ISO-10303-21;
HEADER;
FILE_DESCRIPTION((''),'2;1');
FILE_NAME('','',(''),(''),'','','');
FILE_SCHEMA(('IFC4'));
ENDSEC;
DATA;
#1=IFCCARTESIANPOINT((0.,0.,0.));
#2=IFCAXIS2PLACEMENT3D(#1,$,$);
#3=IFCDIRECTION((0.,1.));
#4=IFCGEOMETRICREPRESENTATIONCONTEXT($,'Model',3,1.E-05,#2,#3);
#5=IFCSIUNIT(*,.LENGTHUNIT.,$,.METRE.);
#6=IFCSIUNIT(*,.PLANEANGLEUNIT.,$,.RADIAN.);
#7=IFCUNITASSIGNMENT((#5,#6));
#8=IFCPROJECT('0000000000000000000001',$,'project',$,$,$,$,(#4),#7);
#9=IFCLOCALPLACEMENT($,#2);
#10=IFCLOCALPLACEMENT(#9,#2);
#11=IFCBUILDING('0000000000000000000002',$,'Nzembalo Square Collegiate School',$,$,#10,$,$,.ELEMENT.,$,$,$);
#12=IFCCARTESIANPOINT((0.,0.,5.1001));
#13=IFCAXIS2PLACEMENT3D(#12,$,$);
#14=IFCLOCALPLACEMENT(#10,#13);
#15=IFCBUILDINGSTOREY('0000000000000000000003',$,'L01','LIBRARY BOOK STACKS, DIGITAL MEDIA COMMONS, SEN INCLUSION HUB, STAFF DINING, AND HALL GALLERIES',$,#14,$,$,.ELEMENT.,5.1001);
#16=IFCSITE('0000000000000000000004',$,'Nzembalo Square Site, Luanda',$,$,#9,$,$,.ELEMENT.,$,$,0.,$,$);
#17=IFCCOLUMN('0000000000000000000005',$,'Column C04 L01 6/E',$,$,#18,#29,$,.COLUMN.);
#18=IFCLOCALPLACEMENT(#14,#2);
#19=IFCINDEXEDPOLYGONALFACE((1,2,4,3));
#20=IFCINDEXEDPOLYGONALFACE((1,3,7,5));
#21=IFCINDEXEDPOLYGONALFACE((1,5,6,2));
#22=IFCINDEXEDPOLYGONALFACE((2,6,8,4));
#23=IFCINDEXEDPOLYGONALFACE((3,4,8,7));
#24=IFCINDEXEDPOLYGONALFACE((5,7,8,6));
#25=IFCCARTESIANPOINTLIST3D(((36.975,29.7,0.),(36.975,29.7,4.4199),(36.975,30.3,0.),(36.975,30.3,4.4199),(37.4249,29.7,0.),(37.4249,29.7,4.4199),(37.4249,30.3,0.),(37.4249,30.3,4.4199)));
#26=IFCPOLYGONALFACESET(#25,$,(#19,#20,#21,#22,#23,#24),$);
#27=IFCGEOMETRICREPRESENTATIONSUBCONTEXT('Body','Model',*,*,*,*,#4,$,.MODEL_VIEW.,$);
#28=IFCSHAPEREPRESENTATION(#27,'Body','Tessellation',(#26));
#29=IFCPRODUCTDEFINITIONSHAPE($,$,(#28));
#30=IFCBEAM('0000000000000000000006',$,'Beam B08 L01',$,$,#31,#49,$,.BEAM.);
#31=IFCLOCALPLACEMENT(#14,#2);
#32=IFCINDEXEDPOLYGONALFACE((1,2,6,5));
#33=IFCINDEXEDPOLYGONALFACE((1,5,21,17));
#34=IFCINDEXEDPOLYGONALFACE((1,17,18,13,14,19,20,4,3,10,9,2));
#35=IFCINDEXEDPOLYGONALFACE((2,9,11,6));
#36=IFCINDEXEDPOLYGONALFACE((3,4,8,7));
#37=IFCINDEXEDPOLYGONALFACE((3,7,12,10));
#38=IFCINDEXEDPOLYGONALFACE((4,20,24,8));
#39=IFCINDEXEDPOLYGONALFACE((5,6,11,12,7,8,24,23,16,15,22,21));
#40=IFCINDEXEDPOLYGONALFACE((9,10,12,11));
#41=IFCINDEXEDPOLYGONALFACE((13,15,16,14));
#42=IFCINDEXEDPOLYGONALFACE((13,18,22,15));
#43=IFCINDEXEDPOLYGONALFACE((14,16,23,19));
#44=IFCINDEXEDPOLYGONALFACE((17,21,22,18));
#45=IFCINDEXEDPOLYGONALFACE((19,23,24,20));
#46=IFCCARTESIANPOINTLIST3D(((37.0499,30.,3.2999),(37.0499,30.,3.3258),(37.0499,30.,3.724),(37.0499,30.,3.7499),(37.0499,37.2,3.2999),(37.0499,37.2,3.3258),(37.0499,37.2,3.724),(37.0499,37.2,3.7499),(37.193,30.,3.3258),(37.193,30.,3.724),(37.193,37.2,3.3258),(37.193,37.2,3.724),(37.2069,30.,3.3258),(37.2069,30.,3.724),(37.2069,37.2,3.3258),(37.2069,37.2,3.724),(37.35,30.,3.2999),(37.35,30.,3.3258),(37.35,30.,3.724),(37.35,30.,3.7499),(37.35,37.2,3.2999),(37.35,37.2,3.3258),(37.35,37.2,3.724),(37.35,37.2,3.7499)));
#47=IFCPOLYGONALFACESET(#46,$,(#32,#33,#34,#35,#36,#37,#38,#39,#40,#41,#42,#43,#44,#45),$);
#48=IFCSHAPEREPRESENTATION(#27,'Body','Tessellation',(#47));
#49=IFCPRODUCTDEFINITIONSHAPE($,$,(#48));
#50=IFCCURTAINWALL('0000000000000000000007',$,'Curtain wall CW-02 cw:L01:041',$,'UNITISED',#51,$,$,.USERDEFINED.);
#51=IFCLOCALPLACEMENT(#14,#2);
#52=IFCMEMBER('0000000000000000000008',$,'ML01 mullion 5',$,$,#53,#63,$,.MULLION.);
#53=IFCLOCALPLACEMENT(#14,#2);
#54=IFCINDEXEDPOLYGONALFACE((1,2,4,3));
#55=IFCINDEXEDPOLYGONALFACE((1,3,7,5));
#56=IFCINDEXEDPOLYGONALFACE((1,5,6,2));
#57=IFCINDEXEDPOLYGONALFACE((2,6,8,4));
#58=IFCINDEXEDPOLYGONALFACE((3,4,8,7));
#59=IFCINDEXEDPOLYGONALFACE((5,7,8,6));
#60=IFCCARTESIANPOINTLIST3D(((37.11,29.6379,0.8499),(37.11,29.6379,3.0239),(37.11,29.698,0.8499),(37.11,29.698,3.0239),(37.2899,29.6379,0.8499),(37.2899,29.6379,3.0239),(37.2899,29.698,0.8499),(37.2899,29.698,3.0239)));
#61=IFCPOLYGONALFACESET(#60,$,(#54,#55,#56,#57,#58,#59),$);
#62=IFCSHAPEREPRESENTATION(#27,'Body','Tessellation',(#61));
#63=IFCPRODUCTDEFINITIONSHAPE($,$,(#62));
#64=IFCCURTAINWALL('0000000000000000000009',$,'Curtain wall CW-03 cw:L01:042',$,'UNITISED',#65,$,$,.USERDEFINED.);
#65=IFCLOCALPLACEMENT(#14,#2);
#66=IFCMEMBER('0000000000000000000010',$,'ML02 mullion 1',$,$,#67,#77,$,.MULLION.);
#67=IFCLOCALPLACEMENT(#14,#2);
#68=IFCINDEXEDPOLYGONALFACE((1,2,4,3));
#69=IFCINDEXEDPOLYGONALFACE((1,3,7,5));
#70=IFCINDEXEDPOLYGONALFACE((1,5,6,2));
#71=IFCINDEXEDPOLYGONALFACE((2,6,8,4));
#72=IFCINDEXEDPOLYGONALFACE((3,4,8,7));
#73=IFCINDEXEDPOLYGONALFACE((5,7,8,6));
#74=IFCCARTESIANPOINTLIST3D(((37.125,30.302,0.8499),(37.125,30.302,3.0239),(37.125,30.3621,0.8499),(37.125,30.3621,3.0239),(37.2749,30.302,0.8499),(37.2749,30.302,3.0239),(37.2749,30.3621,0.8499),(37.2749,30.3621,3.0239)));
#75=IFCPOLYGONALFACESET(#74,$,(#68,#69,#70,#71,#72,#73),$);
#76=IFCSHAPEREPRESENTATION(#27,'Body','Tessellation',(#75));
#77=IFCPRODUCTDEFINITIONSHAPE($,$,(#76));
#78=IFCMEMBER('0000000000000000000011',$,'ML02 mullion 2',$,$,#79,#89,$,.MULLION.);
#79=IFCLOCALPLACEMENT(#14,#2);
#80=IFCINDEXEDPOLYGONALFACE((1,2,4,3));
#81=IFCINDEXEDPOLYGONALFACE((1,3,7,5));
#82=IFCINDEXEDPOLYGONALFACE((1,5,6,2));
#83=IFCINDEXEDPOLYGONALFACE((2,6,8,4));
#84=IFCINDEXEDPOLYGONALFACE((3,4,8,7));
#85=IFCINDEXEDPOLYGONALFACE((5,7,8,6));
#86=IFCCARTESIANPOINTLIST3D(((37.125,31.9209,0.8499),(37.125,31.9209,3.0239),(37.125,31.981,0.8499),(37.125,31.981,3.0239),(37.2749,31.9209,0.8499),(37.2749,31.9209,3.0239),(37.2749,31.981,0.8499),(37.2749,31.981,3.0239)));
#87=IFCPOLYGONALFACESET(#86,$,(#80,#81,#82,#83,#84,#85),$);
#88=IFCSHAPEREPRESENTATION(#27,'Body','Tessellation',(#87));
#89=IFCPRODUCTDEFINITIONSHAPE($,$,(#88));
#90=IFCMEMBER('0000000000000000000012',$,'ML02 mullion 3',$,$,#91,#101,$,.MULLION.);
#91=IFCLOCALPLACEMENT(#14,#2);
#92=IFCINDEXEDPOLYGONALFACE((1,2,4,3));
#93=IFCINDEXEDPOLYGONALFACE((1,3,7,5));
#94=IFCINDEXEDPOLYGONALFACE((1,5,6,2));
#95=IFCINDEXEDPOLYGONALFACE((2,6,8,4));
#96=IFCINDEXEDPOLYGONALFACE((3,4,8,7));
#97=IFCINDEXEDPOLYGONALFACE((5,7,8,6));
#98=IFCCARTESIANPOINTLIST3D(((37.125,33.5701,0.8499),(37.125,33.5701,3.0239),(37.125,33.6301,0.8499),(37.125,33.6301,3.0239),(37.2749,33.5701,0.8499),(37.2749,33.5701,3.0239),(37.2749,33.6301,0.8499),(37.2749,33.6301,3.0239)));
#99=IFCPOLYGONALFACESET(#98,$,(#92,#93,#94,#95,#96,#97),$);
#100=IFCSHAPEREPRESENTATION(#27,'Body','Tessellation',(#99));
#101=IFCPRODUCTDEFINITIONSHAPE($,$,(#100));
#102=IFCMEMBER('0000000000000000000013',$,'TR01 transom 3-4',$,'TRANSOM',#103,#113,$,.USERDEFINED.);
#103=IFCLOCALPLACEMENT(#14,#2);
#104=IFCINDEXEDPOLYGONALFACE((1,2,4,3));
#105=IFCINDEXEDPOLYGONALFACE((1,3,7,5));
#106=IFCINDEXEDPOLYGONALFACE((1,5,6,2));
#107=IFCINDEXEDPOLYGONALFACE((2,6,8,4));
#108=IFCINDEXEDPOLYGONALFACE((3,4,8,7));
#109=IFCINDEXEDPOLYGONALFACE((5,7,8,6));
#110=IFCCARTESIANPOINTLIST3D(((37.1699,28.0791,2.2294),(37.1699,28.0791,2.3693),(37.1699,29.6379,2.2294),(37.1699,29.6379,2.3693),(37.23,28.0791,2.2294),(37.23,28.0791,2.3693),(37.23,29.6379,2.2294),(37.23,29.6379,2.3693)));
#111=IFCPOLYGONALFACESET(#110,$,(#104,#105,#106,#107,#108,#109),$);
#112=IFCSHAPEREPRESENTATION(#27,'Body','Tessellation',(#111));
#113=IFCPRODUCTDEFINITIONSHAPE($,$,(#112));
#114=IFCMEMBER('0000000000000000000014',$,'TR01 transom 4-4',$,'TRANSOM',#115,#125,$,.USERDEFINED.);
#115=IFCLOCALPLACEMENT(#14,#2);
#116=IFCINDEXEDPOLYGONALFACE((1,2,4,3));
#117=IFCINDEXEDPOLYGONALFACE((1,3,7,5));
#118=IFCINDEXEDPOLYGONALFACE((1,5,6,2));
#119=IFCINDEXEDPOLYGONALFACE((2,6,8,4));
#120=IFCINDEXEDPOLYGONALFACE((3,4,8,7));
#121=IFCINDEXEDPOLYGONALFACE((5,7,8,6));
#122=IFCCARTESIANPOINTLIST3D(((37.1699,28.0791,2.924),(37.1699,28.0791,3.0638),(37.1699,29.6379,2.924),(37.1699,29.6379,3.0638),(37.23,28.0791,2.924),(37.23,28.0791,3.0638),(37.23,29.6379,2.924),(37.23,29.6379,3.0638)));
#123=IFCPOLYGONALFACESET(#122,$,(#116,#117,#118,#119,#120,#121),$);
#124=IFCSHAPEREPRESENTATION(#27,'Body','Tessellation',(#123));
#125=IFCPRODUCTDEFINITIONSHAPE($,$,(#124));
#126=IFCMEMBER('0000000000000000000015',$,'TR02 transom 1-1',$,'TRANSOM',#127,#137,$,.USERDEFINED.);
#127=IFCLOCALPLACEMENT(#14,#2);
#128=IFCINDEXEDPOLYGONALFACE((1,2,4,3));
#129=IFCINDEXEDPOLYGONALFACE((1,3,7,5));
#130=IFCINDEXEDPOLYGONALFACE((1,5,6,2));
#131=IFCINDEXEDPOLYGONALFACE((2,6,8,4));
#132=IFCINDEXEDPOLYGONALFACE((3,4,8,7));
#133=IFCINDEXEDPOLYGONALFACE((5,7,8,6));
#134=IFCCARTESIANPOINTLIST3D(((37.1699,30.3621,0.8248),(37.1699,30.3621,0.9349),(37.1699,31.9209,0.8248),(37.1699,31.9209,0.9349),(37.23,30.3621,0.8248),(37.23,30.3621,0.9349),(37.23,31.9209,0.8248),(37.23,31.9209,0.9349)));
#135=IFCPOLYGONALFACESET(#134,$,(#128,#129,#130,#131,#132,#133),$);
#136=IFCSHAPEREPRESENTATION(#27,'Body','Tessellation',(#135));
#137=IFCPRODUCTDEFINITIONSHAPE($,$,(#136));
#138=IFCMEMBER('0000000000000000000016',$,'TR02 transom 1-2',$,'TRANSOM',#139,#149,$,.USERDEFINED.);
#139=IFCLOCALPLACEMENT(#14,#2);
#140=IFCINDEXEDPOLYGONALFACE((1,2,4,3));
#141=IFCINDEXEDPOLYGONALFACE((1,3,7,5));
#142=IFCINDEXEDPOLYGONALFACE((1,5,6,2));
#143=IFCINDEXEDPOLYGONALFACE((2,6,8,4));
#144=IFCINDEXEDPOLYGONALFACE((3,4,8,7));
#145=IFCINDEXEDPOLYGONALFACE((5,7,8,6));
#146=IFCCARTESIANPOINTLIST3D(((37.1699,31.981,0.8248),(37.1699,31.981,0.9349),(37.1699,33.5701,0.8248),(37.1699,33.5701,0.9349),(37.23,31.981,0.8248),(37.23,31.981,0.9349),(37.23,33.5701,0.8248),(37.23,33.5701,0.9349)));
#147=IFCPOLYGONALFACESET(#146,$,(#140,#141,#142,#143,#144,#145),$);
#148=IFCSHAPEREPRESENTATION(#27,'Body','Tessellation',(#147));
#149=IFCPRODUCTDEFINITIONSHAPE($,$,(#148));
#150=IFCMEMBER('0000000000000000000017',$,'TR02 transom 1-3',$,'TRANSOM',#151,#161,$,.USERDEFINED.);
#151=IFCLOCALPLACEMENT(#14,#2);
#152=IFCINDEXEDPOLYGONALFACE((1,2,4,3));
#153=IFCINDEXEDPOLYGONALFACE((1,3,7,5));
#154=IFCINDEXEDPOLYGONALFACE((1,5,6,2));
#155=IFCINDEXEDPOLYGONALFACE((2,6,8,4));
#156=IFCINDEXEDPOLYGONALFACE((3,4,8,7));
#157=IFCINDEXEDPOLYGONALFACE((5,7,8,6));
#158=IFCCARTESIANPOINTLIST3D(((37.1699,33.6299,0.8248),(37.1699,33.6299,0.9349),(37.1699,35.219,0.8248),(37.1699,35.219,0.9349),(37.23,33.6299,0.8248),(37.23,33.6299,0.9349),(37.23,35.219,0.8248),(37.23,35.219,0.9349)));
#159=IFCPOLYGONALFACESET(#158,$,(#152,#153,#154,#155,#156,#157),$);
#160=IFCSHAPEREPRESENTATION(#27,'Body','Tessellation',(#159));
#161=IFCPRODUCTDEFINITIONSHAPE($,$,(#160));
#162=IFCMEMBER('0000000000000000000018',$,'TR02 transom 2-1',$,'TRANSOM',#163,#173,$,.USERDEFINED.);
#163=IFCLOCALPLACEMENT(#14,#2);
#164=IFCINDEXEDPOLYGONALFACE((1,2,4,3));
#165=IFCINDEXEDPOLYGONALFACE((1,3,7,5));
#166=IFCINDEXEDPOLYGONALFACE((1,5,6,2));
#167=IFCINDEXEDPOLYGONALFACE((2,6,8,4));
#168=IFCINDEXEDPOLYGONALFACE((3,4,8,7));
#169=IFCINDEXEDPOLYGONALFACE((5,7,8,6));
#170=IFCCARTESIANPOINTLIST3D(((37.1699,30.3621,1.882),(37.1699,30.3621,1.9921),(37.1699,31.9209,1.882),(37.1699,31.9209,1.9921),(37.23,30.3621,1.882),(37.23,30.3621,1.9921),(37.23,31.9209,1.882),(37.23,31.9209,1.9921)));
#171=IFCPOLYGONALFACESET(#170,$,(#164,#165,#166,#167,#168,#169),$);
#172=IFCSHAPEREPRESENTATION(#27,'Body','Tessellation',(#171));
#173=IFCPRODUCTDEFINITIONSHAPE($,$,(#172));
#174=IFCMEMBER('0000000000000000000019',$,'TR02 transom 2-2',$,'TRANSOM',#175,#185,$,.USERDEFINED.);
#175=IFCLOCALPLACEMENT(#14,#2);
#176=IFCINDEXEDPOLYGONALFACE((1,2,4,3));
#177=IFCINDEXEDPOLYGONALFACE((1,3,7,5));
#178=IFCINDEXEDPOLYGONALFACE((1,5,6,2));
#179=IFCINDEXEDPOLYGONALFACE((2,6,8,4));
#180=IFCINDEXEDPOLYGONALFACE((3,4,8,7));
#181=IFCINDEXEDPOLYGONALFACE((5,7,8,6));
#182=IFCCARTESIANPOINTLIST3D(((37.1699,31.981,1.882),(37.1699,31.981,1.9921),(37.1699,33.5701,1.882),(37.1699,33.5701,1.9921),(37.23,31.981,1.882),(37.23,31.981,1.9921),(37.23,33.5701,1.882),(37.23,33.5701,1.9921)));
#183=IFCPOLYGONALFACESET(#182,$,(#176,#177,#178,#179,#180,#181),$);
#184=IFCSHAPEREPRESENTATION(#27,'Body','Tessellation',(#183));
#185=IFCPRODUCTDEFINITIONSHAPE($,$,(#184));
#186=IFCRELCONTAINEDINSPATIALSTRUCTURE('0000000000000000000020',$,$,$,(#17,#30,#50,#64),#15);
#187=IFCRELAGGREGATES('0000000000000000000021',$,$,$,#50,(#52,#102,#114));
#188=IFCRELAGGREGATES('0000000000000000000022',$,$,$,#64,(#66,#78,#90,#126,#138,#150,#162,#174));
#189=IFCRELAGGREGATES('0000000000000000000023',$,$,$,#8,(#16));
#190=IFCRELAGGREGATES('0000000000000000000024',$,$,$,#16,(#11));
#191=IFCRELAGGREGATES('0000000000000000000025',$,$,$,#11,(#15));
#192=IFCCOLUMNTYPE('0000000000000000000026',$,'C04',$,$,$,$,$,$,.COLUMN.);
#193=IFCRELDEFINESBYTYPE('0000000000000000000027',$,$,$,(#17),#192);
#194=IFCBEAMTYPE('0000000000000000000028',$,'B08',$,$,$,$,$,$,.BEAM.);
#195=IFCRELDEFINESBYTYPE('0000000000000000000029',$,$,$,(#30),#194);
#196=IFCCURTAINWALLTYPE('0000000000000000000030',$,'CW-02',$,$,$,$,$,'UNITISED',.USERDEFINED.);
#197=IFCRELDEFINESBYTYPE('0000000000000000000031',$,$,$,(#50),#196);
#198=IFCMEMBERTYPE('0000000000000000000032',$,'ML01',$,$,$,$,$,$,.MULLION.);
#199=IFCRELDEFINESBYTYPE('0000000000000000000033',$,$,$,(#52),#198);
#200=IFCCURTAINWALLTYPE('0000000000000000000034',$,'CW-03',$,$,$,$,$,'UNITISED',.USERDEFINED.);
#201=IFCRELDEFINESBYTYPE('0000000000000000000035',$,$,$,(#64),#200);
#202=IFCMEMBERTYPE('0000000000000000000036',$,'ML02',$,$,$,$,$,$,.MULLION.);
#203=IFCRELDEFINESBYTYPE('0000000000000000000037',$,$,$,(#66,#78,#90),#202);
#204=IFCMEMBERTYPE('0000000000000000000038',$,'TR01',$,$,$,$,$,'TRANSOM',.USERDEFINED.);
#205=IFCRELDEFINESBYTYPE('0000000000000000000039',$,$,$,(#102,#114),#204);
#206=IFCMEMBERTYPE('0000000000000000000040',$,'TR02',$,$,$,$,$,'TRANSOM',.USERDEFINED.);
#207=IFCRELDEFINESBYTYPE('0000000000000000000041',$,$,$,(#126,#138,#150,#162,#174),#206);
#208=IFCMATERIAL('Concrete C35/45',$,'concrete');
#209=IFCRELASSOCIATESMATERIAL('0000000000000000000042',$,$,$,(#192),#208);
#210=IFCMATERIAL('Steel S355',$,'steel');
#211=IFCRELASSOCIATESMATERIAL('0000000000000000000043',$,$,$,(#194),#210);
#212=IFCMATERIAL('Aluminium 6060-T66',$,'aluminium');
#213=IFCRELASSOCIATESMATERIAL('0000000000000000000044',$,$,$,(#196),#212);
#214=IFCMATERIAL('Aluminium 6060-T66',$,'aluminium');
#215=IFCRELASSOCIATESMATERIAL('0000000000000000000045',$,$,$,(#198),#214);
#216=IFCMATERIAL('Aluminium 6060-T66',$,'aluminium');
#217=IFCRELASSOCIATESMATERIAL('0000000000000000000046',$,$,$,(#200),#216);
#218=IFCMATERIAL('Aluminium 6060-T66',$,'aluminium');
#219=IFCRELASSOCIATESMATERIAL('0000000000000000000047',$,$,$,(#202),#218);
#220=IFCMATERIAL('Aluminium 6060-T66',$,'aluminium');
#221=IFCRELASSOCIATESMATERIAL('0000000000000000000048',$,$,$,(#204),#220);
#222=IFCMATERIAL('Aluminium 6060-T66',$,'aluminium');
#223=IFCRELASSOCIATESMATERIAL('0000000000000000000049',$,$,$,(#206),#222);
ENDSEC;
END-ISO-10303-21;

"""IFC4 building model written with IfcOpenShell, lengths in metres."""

from ifc_helpers import new_model, si_unit, direction, frame, origin, origin_2d, place, context, subcontext, project, spatial, rectangle, i_section, extrude, material, material_profile, profile_set, type_object, element, aggregate, save


model = new_model("IFC4")

# Units and contexts
model_context = context("Model", 3, precision=1e-05, world=origin(), true_north=direction((0.0, 1.0)))
body_context = subcontext(model_context, "Body", "Model", "MODEL_VIEW")
ifc_project = project(units=[si_unit("LENGTHUNIT", "METRE"), si_unit("PLANEANGLEUNIT", "RADIAN")], contexts=[model_context])

# Site, building, storey
site_placement = place(None, origin())
site = spatial("IfcSite", under=ifc_project, at=site_placement, Name="Nzembalo Square Site, Luanda", CompositionType="ELEMENT", RefElevation=0.0)
building_placement = place(site_placement, origin())
building = spatial("IfcBuilding", under=site, at=building_placement, Name="Nzembalo Square Collegiate School", CompositionType="ELEMENT")
storey_placement = place(building_placement, frame((0.0, 0.0, 5.1001)))
storey = spatial("IfcBuildingStorey", under=building, at=storey_placement, Name="L01", Description="LIBRARY BOOK STACKS, DIGITAL MEDIA COMMONS, SEN INCLUSION HUB, STAFF DINING, AND HALL GALLERIES", CompositionType="ELEMENT", Elevation=5.1001)

# Column
ifc_material_1 = material(Name="Concrete C35/45", Category="concrete")
ifc_material_profile_1 = material_profile(ifc_material_1, rectangle(XDim=0.45, YDim=0.6001, at=origin_2d()), Name="RC 450x600")
ifc_profile_set_1 = profile_set([ifc_material_profile_1], Name="Concrete C35/45")
column_type = type_object("IfcColumnType", Name="C04", PredefinedType="COLUMN", material=ifc_profile_set_1)
column_placement = place(storey_placement, frame((37.2, 30.0, 0.0), z_axis=(0.0, 0.0, 1.0), x_axis=(1.0, 0.0, 0.0)))
element("IfcColumn", 1, at=column_placement, inside=storey, type_object=column_type, Name="Column C04 L01 6/E", PredefinedType="COLUMN", context=body_context, shape_type="SweptSolid", body=[
    extrude(rectangle(XDim=0.45, YDim=0.6001, at=origin_2d()), origin(), (0.0, 0.0, 1.0), 4.4199),
])

# Beam
ifc_material_2 = material(Name="Steel S355", Category="steel")
ifc_material_profile_2 = material_profile(ifc_material_2, i_section(OverallWidth=0.3, OverallDepth=0.45, WebThickness=0.0139, FlangeThickness=0.0259, at=origin_2d()), Name="HEB 450")
ifc_profile_set_2 = profile_set([ifc_material_profile_2], Name="Steel S355")
beam_type = type_object("IfcBeamType", Name="B08", PredefinedType="BEAM", material=ifc_profile_set_2)
beam_placement = place(storey_placement, frame((37.2, 30.0, 3.5249), z_axis=(0.0, 1.0, 0.0), x_axis=(-1.0, 0.0, 0.0)))
element("IfcBeam", 2, at=beam_placement, inside=storey, type_object=beam_type, Name="Beam B08 L01", PredefinedType="BEAM", context=body_context, shape_type="SweptSolid", body=[
    extrude(i_section(OverallWidth=0.3, OverallDepth=0.45, WebThickness=0.0139, FlangeThickness=0.0259, at=origin_2d()), origin(), (0.0, 0.0, 1.0), 7.2),
])

# Curtain wall, member
ifc_material_3 = material(Name="Aluminium 6060-T66", Category="aluminium")
curtain_wall_type_1 = type_object("IfcCurtainWallType", Name="CW-02", ElementType="UNITISED", PredefinedType="USERDEFINED", material=ifc_material_3)
curtain_wall_1_placement = place(storey_placement, origin())
curtain_wall_1 = element("IfcCurtainWall", 3, at=curtain_wall_1_placement, inside=storey, type_object=curtain_wall_type_1, Name="Curtain wall CW-02 cw:L01:041", ObjectType="UNITISED", PredefinedType="USERDEFINED")
ifc_material_4 = material(Name="Aluminium 6060-T66", Category="aluminium")
ifc_material_profile_3 = material_profile(ifc_material_4, rectangle(XDim=0.0601, YDim=0.1799, at=origin_2d()), Name="ALU M60x180")
ifc_profile_set_3 = profile_set([ifc_material_profile_3], Name="Aluminium 6060-T66")
member_type_1 = type_object("IfcMemberType", Name="ML01", PredefinedType="MULLION", material=ifc_profile_set_3)
member_1_placement = place(storey_placement, frame((37.2, 29.668, 0.8499), z_axis=(0.0, 0.0, 1.0), x_axis=(0.0, 1.0, 0.0)))
member_1 = element("IfcMember", 4, at=member_1_placement, type_object=member_type_1, Name="ML01 mullion 5", PredefinedType="MULLION", context=body_context, shape_type="SweptSolid", body=[
    extrude(rectangle(XDim=0.0601, YDim=0.1799, at=origin_2d()), origin(), (0.0, 0.0, 1.0), 2.1741),
])

# Curtain wall, members
ifc_material_5 = material(Name="Aluminium 6060-T66", Category="aluminium")
curtain_wall_type_2 = type_object("IfcCurtainWallType", Name="CW-03", ElementType="UNITISED", PredefinedType="USERDEFINED", material=ifc_material_5)
curtain_wall_2_placement = place(storey_placement, origin())
curtain_wall_2 = element("IfcCurtainWall", 5, at=curtain_wall_2_placement, inside=storey, type_object=curtain_wall_type_2, Name="Curtain wall CW-03 cw:L01:042", ObjectType="UNITISED", PredefinedType="USERDEFINED")
ifc_material_6 = material(Name="Aluminium 6060-T66", Category="aluminium")
ifc_material_profile_4 = material_profile(ifc_material_6, rectangle(XDim=0.0601, YDim=0.1499, at=origin_2d()), Name="ALU M60x150")
ifc_profile_set_4 = profile_set([ifc_material_profile_4], Name="Aluminium 6060-T66")
member_type_2 = type_object("IfcMemberType", Name="ML02", PredefinedType="MULLION", material=ifc_profile_set_4)
member_2_placement = place(storey_placement, frame((37.2, 30.332, 0.8499), z_axis=(0.0, 0.0, 1.0), x_axis=(0.0, 1.0, 0.0)))
member_2 = element("IfcMember", 6, at=member_2_placement, type_object=member_type_2, Name="ML02 mullion 1", PredefinedType="MULLION", context=body_context, shape_type="SweptSolid", body=[
    extrude(rectangle(XDim=0.0601, YDim=0.1499, at=origin_2d()), origin(), (0.0, 0.0, 1.0), 2.1741),
])
member_3_placement = place(storey_placement, frame((37.2, 31.9509, 0.8499), z_axis=(0.0, 0.0, 1.0), x_axis=(0.0, 1.0, 0.0)))
member_3 = element("IfcMember", 7, at=member_3_placement, type_object=member_type_2, Name="ML02 mullion 2", PredefinedType="MULLION", context=body_context, shape_type="SweptSolid", body=[
    extrude(rectangle(XDim=0.0601, YDim=0.1499, at=origin_2d()), origin(), (0.0, 0.0, 1.0), 2.1741),
])
member_4_placement = place(storey_placement, frame((37.2, 33.6001, 0.8499), z_axis=(0.0, 0.0, 1.0), x_axis=(0.0, 1.0, 0.0)))
member_4 = element("IfcMember", 8, at=member_4_placement, type_object=member_type_2, Name="ML02 mullion 3", PredefinedType="MULLION", context=body_context, shape_type="SweptSolid", body=[
    extrude(rectangle(XDim=0.0601, YDim=0.1499, at=origin_2d()), origin(), (0.0, 0.0, 1.0), 2.1741),
])

# Members
ifc_material_7 = material(Name="Aluminium 6060-T66", Category="aluminium")
ifc_material_profile_5 = material_profile(ifc_material_7, rectangle(XDim=0.0601, YDim=0.1399, at=origin_2d()), Name="ALU T60x140")
ifc_profile_set_5 = profile_set([ifc_material_profile_5], Name="Aluminium 6060-T66")
member_type_3 = type_object("IfcMemberType", Name="TR01", ElementType="TRANSOM", PredefinedType="USERDEFINED", material=ifc_profile_set_5)
member_5_placement = place(storey_placement, frame((37.2, 28.0791, 2.2993), z_axis=(0.0, 1.0, 0.0), x_axis=(-1.0, 0.0, 0.0)))
member_5 = element("IfcMember", 9, at=member_5_placement, type_object=member_type_3, Name="TR01 transom 3-4", ObjectType="TRANSOM", PredefinedType="USERDEFINED", context=body_context, shape_type="SweptSolid", body=[
    extrude(rectangle(XDim=0.0601, YDim=0.1399, at=origin_2d()), origin(), (0.0, 0.0, 1.0), 1.5588),
])
member_6_placement = place(storey_placement, frame((37.2, 28.0791, 2.9939), z_axis=(0.0, 1.0, 0.0), x_axis=(-1.0, 0.0, 0.0)))
member_6 = element("IfcMember", 10, at=member_6_placement, type_object=member_type_3, Name="TR01 transom 4-4", ObjectType="TRANSOM", PredefinedType="USERDEFINED", context=body_context, shape_type="SweptSolid", body=[
    extrude(rectangle(XDim=0.0601, YDim=0.1399, at=origin_2d()), origin(), (0.0, 0.0, 1.0), 1.5588),
])
ifc_material_8 = material(Name="Aluminium 6060-T66", Category="aluminium")
ifc_material_profile_6 = material_profile(ifc_material_8, rectangle(XDim=0.0601, YDim=0.1101, at=origin_2d()), Name="ALU T60x110")
ifc_profile_set_6 = profile_set([ifc_material_profile_6], Name="Aluminium 6060-T66")
member_type_4 = type_object("IfcMemberType", Name="TR02", ElementType="TRANSOM", PredefinedType="USERDEFINED", material=ifc_profile_set_6)
member_7_placement = place(storey_placement, frame((37.2, 30.3621, 0.8799), z_axis=(0.0, 1.0, 0.0), x_axis=(-1.0, 0.0, 0.0)))
member_7 = element("IfcMember", 11, at=member_7_placement, type_object=member_type_4, Name="TR02 transom 1-1", ObjectType="TRANSOM", PredefinedType="USERDEFINED", context=body_context, shape_type="SweptSolid", body=[
    extrude(rectangle(XDim=0.0601, YDim=0.1101, at=origin_2d()), origin(), (0.0, 0.0, 1.0), 1.5588),
])
member_8_placement = place(storey_placement, frame((37.2, 31.981, 0.8799), z_axis=(0.0, 1.0, 0.0), x_axis=(-1.0, 0.0, 0.0)))
member_8 = element("IfcMember", 12, at=member_8_placement, type_object=member_type_4, Name="TR02 transom 1-2", ObjectType="TRANSOM", PredefinedType="USERDEFINED", context=body_context, shape_type="SweptSolid", body=[
    extrude(rectangle(XDim=0.0601, YDim=0.1101, at=origin_2d()), origin(), (0.0, 0.0, 1.0), 1.5891),
])
member_9_placement = place(storey_placement, frame((37.2, 33.6299, 0.8799), z_axis=(0.0, 1.0, 0.0), x_axis=(-1.0, 0.0, 0.0)))
member_9 = element("IfcMember", 13, at=member_9_placement, type_object=member_type_4, Name="TR02 transom 1-3", ObjectType="TRANSOM", PredefinedType="USERDEFINED", context=body_context, shape_type="SweptSolid", body=[
    extrude(rectangle(XDim=0.0601, YDim=0.1101, at=origin_2d()), origin(), (0.0, 0.0, 1.0), 1.5891),
])
member_10_placement = place(storey_placement, frame((37.2, 30.3621, 1.937), z_axis=(0.0, 1.0, 0.0), x_axis=(-1.0, 0.0, 0.0)))
member_10 = element("IfcMember", 14, at=member_10_placement, type_object=member_type_4, Name="TR02 transom 2-1", ObjectType="TRANSOM", PredefinedType="USERDEFINED", context=body_context, shape_type="SweptSolid", body=[
    extrude(rectangle(XDim=0.0601, YDim=0.1101, at=origin_2d()), origin(), (0.0, 0.0, 1.0), 1.5588),
])
member_11_placement = place(storey_placement, frame((37.2, 31.981, 1.937), z_axis=(0.0, 1.0, 0.0), x_axis=(-1.0, 0.0, 0.0)))
member_11 = element("IfcMember", 15, at=member_11_placement, type_object=member_type_4, Name="TR02 transom 2-2", ObjectType="TRANSOM", PredefinedType="USERDEFINED", context=body_context, shape_type="SweptSolid", body=[
    extrude(rectangle(XDim=0.0601, YDim=0.1101, at=origin_2d()), origin(), (0.0, 0.0, 1.0), 1.5891),
])

aggregate(curtain_wall_1, [member_1, member_5, member_6])
aggregate(curtain_wall_2, [member_2, member_3, member_4, member_7, member_8, member_9, member_10, member_11])

save(model, "model.ifc")
